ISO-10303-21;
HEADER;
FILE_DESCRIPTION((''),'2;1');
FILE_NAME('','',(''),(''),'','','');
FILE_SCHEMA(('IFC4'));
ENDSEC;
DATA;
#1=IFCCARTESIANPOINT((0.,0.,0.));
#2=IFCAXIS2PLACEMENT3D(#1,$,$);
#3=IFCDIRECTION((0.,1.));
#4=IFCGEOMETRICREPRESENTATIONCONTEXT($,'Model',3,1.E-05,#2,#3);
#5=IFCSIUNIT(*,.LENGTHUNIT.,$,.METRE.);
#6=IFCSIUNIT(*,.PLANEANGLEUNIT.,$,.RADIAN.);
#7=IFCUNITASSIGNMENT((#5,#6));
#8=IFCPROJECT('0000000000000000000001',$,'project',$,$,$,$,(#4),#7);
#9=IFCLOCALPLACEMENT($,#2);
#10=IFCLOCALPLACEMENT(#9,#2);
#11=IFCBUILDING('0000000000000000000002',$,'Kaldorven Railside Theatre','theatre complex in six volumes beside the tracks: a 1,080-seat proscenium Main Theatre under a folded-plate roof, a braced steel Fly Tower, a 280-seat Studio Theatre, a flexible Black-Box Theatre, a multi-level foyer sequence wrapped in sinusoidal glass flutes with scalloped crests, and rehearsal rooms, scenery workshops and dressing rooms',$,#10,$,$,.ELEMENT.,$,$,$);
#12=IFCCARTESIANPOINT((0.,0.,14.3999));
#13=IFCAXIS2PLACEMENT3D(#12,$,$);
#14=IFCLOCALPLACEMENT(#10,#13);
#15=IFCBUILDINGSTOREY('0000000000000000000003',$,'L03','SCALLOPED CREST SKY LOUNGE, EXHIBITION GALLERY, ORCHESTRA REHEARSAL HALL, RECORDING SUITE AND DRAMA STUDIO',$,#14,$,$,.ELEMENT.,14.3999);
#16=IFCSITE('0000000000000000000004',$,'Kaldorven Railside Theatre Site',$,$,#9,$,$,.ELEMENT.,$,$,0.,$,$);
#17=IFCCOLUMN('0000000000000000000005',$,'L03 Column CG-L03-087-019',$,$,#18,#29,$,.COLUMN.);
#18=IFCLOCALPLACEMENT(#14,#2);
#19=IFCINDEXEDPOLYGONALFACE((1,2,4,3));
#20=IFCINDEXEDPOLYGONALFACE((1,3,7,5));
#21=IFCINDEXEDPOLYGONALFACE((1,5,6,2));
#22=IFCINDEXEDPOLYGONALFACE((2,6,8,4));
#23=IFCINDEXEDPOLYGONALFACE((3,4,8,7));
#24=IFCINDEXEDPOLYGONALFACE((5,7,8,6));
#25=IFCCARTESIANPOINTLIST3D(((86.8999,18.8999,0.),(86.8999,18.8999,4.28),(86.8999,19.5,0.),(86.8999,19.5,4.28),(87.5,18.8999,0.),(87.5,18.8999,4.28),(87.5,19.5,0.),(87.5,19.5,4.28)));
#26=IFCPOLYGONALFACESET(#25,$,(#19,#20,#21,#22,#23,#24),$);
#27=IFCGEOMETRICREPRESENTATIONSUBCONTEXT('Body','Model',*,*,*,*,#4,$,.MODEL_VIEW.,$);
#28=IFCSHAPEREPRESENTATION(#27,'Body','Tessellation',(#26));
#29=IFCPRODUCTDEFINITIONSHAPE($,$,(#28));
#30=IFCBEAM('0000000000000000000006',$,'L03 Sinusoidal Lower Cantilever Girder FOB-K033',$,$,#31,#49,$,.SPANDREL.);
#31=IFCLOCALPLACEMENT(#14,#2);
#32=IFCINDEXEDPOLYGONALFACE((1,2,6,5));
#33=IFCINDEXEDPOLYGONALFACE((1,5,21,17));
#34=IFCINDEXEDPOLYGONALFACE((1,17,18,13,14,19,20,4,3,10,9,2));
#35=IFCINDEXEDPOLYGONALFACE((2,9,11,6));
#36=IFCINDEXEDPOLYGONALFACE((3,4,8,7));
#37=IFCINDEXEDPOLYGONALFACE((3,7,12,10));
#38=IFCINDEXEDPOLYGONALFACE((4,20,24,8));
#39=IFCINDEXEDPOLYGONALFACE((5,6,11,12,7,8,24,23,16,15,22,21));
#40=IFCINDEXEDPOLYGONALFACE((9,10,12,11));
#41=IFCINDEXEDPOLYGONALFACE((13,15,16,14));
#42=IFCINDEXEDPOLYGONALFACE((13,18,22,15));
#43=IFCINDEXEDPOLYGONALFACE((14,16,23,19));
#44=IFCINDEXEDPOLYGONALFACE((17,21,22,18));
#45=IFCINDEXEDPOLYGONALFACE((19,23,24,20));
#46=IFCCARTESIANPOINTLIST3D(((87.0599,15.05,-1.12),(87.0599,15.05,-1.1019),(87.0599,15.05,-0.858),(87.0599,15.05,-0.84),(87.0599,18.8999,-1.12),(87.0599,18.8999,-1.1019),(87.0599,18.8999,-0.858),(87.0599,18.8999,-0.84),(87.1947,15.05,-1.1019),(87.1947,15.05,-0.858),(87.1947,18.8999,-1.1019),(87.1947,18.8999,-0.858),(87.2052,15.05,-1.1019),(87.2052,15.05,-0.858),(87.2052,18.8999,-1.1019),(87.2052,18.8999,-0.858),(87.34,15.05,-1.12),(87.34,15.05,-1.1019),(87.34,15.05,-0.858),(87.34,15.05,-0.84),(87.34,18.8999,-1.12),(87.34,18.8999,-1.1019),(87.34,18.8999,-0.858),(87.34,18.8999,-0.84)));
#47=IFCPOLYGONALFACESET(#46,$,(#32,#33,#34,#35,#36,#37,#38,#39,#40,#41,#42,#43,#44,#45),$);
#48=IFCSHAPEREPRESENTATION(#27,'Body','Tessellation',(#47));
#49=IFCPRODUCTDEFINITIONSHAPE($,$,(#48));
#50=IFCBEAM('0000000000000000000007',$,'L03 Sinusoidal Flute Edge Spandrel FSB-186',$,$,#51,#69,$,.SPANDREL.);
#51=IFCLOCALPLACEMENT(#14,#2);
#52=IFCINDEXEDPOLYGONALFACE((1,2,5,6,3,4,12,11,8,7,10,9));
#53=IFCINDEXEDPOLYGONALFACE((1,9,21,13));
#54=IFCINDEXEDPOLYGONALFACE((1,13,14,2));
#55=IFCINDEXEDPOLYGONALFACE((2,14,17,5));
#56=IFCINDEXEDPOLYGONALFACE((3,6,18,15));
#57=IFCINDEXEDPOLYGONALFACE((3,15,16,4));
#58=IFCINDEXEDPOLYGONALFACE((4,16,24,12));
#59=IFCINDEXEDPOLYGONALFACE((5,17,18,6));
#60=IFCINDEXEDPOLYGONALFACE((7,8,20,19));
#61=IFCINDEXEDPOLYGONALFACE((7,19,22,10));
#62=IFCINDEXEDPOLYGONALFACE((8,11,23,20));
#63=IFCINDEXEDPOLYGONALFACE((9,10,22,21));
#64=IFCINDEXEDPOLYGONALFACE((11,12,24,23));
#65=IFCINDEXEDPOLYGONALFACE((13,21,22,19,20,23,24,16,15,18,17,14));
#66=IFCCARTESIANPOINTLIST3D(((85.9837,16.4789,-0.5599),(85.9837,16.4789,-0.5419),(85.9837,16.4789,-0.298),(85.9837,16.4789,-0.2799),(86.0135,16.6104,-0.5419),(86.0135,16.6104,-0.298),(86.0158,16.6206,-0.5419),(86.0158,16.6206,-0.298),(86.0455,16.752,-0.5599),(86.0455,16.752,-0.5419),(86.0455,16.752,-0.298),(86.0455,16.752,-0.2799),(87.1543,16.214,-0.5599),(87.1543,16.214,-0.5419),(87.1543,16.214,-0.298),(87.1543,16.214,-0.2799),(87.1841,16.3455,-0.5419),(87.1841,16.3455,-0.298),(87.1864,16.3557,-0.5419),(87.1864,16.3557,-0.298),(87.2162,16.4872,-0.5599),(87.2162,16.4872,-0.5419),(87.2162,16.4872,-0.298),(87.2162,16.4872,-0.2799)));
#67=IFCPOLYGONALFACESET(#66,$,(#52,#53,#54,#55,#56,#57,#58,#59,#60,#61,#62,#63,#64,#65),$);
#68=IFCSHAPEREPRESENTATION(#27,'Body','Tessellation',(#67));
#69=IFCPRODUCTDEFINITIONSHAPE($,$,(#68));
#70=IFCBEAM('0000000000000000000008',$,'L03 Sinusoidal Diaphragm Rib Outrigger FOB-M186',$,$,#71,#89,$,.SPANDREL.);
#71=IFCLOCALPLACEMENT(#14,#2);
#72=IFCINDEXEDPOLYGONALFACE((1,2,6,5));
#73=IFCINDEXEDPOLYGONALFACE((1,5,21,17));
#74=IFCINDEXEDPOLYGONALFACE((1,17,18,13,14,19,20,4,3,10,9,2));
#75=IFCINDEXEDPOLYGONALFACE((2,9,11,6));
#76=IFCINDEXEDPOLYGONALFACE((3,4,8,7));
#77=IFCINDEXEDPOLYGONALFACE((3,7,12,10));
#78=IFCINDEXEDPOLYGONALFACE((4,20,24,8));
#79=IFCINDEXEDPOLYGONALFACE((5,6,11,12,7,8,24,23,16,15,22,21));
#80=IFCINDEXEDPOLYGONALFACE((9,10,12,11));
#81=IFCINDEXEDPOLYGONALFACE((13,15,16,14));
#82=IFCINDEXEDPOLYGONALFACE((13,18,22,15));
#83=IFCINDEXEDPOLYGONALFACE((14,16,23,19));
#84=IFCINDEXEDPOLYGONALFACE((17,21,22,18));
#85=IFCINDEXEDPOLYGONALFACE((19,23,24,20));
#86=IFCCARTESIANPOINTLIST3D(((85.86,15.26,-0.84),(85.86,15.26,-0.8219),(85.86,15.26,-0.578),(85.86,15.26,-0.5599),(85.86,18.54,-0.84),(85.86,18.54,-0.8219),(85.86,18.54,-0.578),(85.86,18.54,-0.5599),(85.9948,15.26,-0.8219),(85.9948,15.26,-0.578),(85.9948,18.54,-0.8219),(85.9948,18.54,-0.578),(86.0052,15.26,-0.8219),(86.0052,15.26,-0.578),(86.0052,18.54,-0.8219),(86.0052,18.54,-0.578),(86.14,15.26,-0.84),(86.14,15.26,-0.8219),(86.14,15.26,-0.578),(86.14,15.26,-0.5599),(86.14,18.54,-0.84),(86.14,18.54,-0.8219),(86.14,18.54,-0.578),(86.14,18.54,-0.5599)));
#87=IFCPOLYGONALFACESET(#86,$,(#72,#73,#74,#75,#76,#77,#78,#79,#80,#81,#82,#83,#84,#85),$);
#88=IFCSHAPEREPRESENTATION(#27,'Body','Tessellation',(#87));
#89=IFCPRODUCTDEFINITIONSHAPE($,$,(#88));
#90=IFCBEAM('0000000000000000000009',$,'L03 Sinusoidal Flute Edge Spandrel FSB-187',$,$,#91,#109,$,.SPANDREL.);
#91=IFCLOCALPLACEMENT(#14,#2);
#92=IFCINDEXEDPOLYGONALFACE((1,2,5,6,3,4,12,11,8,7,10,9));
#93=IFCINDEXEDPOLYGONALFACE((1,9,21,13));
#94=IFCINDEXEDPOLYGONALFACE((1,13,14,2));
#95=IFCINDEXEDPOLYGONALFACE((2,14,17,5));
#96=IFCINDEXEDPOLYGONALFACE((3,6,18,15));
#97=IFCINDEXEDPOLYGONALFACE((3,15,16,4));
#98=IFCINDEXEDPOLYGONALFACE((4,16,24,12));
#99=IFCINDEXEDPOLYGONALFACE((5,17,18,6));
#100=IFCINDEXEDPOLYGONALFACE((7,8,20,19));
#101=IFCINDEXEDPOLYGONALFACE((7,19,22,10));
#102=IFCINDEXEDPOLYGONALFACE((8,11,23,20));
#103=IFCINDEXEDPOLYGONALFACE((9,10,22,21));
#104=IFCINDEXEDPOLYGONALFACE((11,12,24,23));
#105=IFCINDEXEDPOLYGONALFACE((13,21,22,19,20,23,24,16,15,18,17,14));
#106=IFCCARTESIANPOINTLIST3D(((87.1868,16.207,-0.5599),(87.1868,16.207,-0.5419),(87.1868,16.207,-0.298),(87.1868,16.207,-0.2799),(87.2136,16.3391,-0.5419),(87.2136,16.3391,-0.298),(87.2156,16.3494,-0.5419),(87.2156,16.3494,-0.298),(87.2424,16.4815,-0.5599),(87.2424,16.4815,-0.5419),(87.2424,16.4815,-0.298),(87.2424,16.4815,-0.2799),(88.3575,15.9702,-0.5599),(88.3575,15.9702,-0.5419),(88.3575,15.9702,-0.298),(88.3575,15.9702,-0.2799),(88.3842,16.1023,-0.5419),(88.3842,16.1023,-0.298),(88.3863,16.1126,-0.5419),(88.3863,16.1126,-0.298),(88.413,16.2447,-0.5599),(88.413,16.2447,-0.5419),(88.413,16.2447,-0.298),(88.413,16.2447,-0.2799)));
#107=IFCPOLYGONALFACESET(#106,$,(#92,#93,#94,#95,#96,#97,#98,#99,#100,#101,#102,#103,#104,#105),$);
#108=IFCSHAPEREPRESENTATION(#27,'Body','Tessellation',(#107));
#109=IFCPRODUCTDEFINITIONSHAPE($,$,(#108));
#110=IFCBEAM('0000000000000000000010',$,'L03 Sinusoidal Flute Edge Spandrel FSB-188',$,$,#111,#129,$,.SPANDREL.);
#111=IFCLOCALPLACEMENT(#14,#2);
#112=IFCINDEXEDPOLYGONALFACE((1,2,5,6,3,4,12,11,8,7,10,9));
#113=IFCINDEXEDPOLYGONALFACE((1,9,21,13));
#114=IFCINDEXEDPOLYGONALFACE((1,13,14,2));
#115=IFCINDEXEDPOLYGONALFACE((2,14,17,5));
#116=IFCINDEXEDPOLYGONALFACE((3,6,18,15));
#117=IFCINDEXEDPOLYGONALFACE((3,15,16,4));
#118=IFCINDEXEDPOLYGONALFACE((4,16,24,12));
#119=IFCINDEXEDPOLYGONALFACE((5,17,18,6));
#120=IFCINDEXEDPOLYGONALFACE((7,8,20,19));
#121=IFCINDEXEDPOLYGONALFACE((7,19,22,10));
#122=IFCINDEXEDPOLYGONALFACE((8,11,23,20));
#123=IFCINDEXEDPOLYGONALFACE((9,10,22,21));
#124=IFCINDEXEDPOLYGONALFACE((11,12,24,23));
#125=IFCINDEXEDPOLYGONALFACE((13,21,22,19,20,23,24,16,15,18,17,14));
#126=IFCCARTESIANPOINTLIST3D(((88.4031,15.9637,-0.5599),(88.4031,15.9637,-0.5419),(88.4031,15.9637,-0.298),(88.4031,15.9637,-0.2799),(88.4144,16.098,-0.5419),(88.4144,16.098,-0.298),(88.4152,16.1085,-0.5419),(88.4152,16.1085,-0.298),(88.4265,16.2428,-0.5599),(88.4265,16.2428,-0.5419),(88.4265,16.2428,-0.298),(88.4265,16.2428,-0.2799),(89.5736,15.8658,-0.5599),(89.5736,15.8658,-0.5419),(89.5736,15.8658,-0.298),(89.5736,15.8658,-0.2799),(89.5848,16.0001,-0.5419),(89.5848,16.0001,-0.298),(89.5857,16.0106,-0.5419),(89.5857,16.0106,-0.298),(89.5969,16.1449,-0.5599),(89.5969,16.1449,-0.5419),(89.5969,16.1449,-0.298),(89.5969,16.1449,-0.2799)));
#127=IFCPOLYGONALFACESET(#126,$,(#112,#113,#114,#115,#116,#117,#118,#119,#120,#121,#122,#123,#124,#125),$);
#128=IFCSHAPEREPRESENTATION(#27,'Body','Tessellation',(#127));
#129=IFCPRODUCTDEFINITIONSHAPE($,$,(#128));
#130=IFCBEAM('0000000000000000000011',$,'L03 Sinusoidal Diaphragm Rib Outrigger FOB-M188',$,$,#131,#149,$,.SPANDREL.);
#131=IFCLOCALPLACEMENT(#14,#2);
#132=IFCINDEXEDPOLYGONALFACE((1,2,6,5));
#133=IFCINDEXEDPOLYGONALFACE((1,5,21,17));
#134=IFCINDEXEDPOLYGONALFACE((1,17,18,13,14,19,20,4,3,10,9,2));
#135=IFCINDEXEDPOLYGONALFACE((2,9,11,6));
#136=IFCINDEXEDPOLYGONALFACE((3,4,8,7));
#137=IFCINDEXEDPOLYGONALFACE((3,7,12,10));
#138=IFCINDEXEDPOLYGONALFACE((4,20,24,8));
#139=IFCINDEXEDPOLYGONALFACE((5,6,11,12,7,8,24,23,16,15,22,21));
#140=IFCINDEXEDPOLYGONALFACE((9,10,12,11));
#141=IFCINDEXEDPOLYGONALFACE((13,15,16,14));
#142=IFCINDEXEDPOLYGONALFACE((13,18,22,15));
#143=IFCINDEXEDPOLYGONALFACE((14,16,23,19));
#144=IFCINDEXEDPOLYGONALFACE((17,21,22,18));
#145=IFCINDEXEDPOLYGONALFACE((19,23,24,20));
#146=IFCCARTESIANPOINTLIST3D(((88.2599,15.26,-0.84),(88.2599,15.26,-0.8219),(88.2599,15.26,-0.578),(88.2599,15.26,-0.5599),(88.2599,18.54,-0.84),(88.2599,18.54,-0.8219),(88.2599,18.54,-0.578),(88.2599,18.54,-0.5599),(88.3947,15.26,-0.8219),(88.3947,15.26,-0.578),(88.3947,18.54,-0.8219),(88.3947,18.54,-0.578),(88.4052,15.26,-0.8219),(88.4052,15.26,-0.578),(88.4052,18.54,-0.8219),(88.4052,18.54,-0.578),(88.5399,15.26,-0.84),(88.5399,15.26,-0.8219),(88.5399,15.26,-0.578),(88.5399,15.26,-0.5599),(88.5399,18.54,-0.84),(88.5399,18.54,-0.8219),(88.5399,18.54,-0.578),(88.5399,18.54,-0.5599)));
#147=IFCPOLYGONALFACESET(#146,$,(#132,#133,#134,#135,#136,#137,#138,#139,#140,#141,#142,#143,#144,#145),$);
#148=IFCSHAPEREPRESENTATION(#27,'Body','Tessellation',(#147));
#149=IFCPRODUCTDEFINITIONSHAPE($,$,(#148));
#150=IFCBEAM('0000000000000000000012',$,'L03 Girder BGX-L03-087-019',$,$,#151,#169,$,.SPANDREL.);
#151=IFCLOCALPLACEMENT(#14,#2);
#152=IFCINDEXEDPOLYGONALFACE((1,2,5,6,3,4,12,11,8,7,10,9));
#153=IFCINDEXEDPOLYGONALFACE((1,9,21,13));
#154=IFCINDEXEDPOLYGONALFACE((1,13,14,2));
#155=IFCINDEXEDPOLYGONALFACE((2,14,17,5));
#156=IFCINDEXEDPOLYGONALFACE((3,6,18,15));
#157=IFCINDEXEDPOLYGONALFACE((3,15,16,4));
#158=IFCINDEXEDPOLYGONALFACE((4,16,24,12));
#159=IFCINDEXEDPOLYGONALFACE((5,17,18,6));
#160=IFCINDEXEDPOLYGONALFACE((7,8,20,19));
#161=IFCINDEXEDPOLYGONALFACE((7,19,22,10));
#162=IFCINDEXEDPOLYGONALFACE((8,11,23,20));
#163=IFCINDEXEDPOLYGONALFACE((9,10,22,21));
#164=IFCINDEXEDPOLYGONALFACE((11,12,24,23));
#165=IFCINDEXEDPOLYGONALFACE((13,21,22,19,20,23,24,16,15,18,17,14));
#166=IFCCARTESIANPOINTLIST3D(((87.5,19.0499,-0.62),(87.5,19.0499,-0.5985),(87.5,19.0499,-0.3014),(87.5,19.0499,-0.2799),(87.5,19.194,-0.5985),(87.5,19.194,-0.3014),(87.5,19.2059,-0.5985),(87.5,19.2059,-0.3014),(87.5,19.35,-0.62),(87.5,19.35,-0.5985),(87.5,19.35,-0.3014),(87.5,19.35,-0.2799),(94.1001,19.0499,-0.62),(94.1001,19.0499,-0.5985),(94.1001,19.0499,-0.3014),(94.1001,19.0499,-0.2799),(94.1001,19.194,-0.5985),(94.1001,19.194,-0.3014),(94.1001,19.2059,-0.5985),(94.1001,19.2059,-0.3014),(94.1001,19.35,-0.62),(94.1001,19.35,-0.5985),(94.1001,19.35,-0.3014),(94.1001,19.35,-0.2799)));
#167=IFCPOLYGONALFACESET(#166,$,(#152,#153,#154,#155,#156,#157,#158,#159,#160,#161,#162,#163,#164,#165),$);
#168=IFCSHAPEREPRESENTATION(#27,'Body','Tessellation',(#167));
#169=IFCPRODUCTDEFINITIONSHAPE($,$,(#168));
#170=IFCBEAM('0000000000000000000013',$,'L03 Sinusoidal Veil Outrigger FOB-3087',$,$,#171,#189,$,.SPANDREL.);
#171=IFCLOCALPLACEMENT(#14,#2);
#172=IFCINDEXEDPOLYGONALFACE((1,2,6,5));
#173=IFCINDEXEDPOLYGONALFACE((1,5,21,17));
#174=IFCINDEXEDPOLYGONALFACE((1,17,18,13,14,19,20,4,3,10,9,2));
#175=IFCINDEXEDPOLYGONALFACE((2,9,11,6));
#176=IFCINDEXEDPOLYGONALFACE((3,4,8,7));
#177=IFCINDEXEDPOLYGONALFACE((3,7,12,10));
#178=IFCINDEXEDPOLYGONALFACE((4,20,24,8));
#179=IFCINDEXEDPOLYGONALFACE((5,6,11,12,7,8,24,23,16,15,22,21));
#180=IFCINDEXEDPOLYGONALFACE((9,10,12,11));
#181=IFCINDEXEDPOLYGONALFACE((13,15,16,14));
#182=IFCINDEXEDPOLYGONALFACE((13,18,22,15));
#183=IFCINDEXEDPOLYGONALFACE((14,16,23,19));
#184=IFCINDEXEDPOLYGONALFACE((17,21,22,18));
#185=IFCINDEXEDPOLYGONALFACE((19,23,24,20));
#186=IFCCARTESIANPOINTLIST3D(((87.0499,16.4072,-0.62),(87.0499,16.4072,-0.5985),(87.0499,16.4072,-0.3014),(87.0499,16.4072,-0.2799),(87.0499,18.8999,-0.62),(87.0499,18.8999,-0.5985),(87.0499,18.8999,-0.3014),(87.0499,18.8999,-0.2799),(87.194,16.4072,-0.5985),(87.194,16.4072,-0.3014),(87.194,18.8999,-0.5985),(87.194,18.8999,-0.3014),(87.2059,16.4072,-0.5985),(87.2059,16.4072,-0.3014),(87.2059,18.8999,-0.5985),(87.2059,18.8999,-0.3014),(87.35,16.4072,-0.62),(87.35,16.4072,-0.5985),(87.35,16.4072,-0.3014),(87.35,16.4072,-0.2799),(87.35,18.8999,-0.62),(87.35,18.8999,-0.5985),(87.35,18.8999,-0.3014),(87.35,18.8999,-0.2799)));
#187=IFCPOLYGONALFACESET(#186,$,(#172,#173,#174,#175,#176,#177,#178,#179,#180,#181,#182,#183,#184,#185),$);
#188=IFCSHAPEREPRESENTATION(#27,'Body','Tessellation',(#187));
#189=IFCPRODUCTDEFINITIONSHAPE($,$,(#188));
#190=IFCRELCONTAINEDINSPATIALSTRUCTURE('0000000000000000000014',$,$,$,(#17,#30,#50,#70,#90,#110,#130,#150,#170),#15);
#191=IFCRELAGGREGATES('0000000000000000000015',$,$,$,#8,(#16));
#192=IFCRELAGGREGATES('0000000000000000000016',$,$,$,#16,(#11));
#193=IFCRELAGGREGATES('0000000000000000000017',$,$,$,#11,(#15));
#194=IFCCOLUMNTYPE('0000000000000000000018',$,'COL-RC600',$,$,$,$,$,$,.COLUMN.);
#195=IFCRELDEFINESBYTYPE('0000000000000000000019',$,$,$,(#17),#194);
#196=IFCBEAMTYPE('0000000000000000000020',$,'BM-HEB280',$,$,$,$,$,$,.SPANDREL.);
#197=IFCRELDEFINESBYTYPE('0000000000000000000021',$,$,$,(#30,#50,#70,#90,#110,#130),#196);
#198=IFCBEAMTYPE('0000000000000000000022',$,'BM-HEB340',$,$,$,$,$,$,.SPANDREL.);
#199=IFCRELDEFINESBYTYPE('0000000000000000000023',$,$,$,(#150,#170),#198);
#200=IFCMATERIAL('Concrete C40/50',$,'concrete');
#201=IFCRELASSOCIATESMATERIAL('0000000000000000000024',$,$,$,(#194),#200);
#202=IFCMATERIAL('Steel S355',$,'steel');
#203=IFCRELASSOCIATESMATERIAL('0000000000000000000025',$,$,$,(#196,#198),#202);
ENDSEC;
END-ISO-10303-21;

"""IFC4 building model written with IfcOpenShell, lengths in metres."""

from ifc_helpers import new_model, si_unit, direction, frame, origin, origin_2d, place, context, subcontext, project, spatial, rectangle, i_section, extrude, material, material_profile, profile_set, type_object, element, save


model = new_model("IFC4")

# Units and contexts
model_context = context("Model", 3, precision=1e-05, world=origin(), true_north=direction((0.0, 1.0)))
body_context = subcontext(model_context, "Body", "Model", "MODEL_VIEW")
ifc_project = project(units=[si_unit("LENGTHUNIT", "METRE"), si_unit("PLANEANGLEUNIT", "RADIAN")], contexts=[model_context])

# Site, building, storey
site_placement = place(None, origin())
site = spatial("IfcSite", under=ifc_project, at=site_placement, Name="Kaldorven Railside Theatre Site", CompositionType="ELEMENT", RefElevation=0.0)
building_placement = place(site_placement, origin())
building = spatial("IfcBuilding", under=site, at=building_placement, Name="Kaldorven Railside Theatre", Description="theatre complex in six volumes beside the tracks: a 1,080-seat proscenium Main Theatre under a folded-plate roof, a braced steel Fly Tower, a 280-seat Studio Theatre, a flexible Black-Box Theatre, a multi-level foyer sequence wrapped in sinusoidal glass flutes with scalloped crests, and rehearsal rooms, scenery workshops and dressing rooms", CompositionType="ELEMENT")
storey_placement = place(building_placement, frame((0.0, 0.0, 14.3999)))
storey = spatial("IfcBuildingStorey", under=building, at=storey_placement, Name="L03", Description="SCALLOPED CREST SKY LOUNGE, EXHIBITION GALLERY, ORCHESTRA REHEARSAL HALL, RECORDING SUITE AND DRAMA STUDIO", CompositionType="ELEMENT", Elevation=14.3999)

# Column
ifc_material_1 = material(Name="Concrete C40/50", Category="concrete")
ifc_material_profile_1 = material_profile(ifc_material_1, rectangle(XDim=0.6001, YDim=0.6001, at=origin_2d()), Name="RC 600x600")
ifc_profile_set_1 = profile_set([ifc_material_profile_1], Name="Concrete C40/50")
column_type = type_object("IfcColumnType", Name="COL-RC600", PredefinedType="COLUMN", material=ifc_profile_set_1)
column_placement = place(storey_placement, frame((87.2, 19.2, 0.0), z_axis=(0.0, 0.0, 1.0), x_axis=(1.0, 0.0, 0.0)))
element("IfcColumn", 1, at=column_placement, inside=storey, type_object=column_type, Name="L03 Column CG-L03-087-019", PredefinedType="COLUMN", context=body_context, shape_type="SweptSolid", body=[
    extrude(rectangle(XDim=0.6001, YDim=0.6001, at=origin_2d()), origin(), (0.0, 0.0, 1.0), 4.28),
])

# Beams
ifc_material_2 = material(Name="Steel S355", Category="steel")
ifc_material_profile_2 = material_profile(ifc_material_2, i_section(OverallWidth=0.28, OverallDepth=0.28, WebThickness=0.0105, FlangeThickness=0.0181, at=origin_2d()), Name="HEB 280")
ifc_profile_set_2 = profile_set([ifc_material_profile_2], Name="Steel S355")
beam_type_1 = type_object("IfcBeamType", Name="BM-HEB280", PredefinedType="SPANDREL", material=ifc_profile_set_2)
beam_1_placement = place(storey_placement, frame((87.2, 15.05, -0.98), z_axis=(0.0, 1.0, 0.0), x_axis=(-1.0, 0.0, 0.0)))
element("IfcBeam", 2, at=beam_1_placement, inside=storey, type_object=beam_type_1, Name="L03 Sinusoidal Lower Cantilever Girder FOB-K033", PredefinedType="SPANDREL", context=body_context, shape_type="SweptSolid", body=[
    extrude(i_section(OverallWidth=0.28, OverallDepth=0.28, WebThickness=0.0105, FlangeThickness=0.0181, at=origin_2d()), origin(), (0.0, 0.0, 1.0), 3.8499),
])
beam_2_placement = place(storey_placement, frame((86.0146, 16.6155, -0.4199), z_axis=(0.975342, -0.220698, 0.0), x_axis=(0.220698, 0.975342, 0.0)))
element("IfcBeam", 3, at=beam_2_placement, inside=storey, type_object=beam_type_1, Name="L03 Sinusoidal Flute Edge Spandrel FSB-186", PredefinedType="SPANDREL", context=body_context, shape_type="SweptSolid", body=[
    extrude(i_section(OverallWidth=0.28, OverallDepth=0.28, WebThickness=0.0105, FlangeThickness=0.0181, at=origin_2d()), origin(), (0.0, 0.0, 1.0), 1.2002),
])
beam_3_placement = place(storey_placement, frame((86.0, 15.26, -0.7), z_axis=(0.0, 1.0, 0.0), x_axis=(-1.0, 0.0, 0.0)))
element("IfcBeam", 4, at=beam_3_placement, inside=storey, type_object=beam_type_1, Name="L03 Sinusoidal Diaphragm Rib Outrigger FOB-M186", PredefinedType="SPANDREL", context=body_context, shape_type="SweptSolid", body=[
    extrude(i_section(OverallWidth=0.28, OverallDepth=0.28, WebThickness=0.0105, FlangeThickness=0.0181, at=origin_2d()), origin(), (0.0, 0.0, 1.0), 3.28),
])
beam_4_placement = place(storey_placement, frame((87.2146, 16.3442, -0.4199), z_axis=(0.980146, -0.198278, 0.0), x_axis=(0.198278, 0.980146, 0.0)))
element("IfcBeam", 5, at=beam_4_placement, inside=storey, type_object=beam_type_1, Name="L03 Sinusoidal Flute Edge Spandrel FSB-187", PredefinedType="SPANDREL", context=body_context, shape_type="SweptSolid", body=[
    extrude(i_section(OverallWidth=0.28, OverallDepth=0.28, WebThickness=0.0105, FlangeThickness=0.0181, at=origin_2d()), origin(), (0.0, 0.0, 1.0), 1.1943),
])
beam_5_placement = place(storey_placement, frame((88.4148, 16.1033, -0.4199), z_axis=(0.99652, -0.083355, 0.0), x_axis=(0.083355, 0.99652, 0.0)))
element("IfcBeam", 6, at=beam_5_placement, inside=storey, type_object=beam_type_1, Name="L03 Sinusoidal Flute Edge Spandrel FSB-188", PredefinedType="SPANDREL", context=body_context, shape_type="SweptSolid", body=[
    extrude(i_section(OverallWidth=0.28, OverallDepth=0.28, WebThickness=0.0105, FlangeThickness=0.0181, at=origin_2d()), origin(), (0.0, 0.0, 1.0), 1.1746),
])
beam_6_placement = place(storey_placement, frame((88.3999, 15.26, -0.7), z_axis=(0.0, 1.0, 0.0), x_axis=(-1.0, 0.0, 0.0)))
element("IfcBeam", 7, at=beam_6_placement, inside=storey, type_object=beam_type_1, Name="L03 Sinusoidal Diaphragm Rib Outrigger FOB-M188", PredefinedType="SPANDREL", context=body_context, shape_type="SweptSolid", body=[
    extrude(i_section(OverallWidth=0.28, OverallDepth=0.28, WebThickness=0.0105, FlangeThickness=0.0181, at=origin_2d()), origin(), (0.0, 0.0, 1.0), 3.28),
])
ifc_material_profile_3 = material_profile(ifc_material_2, i_section(OverallWidth=0.3, OverallDepth=0.3401, WebThickness=0.012, FlangeThickness=0.0215, at=origin_2d()), Name="HEB 340")
ifc_profile_set_3 = profile_set([ifc_material_profile_3], Name="Steel S355")
beam_type_2 = type_object("IfcBeamType", Name="BM-HEB340", PredefinedType="SPANDREL", material=ifc_profile_set_3)
beam_7_placement = place(storey_placement, frame((87.5, 19.2, -0.45), z_axis=(1.0, 0.0, 0.0), x_axis=(0.0, 1.0, 0.0)))
element("IfcBeam", 8, at=beam_7_placement, inside=storey, type_object=beam_type_2, Name="L03 Girder BGX-L03-087-019", PredefinedType="SPANDREL", context=body_context, shape_type="SweptSolid", body=[
    extrude(i_section(OverallWidth=0.3, OverallDepth=0.3401, WebThickness=0.012, FlangeThickness=0.0215, at=origin_2d()), origin(), (0.0, 0.0, 1.0), 6.6001),
])
beam_8_placement = place(storey_placement, frame((87.2, 16.4072, -0.45), z_axis=(0.0, 1.0, 0.0), x_axis=(-1.0, 0.0, 0.0)))
element("IfcBeam", 9, at=beam_8_placement, inside=storey, type_object=beam_type_2, Name="L03 Sinusoidal Veil Outrigger FOB-3087", PredefinedType="SPANDREL", context=body_context, shape_type="SweptSolid", body=[
    extrude(i_section(OverallWidth=0.3, OverallDepth=0.3401, WebThickness=0.012, FlangeThickness=0.0215, at=origin_2d()), origin(), (0.0, 0.0, 1.0), 2.4927),
])

save(model, "model.ifc")
